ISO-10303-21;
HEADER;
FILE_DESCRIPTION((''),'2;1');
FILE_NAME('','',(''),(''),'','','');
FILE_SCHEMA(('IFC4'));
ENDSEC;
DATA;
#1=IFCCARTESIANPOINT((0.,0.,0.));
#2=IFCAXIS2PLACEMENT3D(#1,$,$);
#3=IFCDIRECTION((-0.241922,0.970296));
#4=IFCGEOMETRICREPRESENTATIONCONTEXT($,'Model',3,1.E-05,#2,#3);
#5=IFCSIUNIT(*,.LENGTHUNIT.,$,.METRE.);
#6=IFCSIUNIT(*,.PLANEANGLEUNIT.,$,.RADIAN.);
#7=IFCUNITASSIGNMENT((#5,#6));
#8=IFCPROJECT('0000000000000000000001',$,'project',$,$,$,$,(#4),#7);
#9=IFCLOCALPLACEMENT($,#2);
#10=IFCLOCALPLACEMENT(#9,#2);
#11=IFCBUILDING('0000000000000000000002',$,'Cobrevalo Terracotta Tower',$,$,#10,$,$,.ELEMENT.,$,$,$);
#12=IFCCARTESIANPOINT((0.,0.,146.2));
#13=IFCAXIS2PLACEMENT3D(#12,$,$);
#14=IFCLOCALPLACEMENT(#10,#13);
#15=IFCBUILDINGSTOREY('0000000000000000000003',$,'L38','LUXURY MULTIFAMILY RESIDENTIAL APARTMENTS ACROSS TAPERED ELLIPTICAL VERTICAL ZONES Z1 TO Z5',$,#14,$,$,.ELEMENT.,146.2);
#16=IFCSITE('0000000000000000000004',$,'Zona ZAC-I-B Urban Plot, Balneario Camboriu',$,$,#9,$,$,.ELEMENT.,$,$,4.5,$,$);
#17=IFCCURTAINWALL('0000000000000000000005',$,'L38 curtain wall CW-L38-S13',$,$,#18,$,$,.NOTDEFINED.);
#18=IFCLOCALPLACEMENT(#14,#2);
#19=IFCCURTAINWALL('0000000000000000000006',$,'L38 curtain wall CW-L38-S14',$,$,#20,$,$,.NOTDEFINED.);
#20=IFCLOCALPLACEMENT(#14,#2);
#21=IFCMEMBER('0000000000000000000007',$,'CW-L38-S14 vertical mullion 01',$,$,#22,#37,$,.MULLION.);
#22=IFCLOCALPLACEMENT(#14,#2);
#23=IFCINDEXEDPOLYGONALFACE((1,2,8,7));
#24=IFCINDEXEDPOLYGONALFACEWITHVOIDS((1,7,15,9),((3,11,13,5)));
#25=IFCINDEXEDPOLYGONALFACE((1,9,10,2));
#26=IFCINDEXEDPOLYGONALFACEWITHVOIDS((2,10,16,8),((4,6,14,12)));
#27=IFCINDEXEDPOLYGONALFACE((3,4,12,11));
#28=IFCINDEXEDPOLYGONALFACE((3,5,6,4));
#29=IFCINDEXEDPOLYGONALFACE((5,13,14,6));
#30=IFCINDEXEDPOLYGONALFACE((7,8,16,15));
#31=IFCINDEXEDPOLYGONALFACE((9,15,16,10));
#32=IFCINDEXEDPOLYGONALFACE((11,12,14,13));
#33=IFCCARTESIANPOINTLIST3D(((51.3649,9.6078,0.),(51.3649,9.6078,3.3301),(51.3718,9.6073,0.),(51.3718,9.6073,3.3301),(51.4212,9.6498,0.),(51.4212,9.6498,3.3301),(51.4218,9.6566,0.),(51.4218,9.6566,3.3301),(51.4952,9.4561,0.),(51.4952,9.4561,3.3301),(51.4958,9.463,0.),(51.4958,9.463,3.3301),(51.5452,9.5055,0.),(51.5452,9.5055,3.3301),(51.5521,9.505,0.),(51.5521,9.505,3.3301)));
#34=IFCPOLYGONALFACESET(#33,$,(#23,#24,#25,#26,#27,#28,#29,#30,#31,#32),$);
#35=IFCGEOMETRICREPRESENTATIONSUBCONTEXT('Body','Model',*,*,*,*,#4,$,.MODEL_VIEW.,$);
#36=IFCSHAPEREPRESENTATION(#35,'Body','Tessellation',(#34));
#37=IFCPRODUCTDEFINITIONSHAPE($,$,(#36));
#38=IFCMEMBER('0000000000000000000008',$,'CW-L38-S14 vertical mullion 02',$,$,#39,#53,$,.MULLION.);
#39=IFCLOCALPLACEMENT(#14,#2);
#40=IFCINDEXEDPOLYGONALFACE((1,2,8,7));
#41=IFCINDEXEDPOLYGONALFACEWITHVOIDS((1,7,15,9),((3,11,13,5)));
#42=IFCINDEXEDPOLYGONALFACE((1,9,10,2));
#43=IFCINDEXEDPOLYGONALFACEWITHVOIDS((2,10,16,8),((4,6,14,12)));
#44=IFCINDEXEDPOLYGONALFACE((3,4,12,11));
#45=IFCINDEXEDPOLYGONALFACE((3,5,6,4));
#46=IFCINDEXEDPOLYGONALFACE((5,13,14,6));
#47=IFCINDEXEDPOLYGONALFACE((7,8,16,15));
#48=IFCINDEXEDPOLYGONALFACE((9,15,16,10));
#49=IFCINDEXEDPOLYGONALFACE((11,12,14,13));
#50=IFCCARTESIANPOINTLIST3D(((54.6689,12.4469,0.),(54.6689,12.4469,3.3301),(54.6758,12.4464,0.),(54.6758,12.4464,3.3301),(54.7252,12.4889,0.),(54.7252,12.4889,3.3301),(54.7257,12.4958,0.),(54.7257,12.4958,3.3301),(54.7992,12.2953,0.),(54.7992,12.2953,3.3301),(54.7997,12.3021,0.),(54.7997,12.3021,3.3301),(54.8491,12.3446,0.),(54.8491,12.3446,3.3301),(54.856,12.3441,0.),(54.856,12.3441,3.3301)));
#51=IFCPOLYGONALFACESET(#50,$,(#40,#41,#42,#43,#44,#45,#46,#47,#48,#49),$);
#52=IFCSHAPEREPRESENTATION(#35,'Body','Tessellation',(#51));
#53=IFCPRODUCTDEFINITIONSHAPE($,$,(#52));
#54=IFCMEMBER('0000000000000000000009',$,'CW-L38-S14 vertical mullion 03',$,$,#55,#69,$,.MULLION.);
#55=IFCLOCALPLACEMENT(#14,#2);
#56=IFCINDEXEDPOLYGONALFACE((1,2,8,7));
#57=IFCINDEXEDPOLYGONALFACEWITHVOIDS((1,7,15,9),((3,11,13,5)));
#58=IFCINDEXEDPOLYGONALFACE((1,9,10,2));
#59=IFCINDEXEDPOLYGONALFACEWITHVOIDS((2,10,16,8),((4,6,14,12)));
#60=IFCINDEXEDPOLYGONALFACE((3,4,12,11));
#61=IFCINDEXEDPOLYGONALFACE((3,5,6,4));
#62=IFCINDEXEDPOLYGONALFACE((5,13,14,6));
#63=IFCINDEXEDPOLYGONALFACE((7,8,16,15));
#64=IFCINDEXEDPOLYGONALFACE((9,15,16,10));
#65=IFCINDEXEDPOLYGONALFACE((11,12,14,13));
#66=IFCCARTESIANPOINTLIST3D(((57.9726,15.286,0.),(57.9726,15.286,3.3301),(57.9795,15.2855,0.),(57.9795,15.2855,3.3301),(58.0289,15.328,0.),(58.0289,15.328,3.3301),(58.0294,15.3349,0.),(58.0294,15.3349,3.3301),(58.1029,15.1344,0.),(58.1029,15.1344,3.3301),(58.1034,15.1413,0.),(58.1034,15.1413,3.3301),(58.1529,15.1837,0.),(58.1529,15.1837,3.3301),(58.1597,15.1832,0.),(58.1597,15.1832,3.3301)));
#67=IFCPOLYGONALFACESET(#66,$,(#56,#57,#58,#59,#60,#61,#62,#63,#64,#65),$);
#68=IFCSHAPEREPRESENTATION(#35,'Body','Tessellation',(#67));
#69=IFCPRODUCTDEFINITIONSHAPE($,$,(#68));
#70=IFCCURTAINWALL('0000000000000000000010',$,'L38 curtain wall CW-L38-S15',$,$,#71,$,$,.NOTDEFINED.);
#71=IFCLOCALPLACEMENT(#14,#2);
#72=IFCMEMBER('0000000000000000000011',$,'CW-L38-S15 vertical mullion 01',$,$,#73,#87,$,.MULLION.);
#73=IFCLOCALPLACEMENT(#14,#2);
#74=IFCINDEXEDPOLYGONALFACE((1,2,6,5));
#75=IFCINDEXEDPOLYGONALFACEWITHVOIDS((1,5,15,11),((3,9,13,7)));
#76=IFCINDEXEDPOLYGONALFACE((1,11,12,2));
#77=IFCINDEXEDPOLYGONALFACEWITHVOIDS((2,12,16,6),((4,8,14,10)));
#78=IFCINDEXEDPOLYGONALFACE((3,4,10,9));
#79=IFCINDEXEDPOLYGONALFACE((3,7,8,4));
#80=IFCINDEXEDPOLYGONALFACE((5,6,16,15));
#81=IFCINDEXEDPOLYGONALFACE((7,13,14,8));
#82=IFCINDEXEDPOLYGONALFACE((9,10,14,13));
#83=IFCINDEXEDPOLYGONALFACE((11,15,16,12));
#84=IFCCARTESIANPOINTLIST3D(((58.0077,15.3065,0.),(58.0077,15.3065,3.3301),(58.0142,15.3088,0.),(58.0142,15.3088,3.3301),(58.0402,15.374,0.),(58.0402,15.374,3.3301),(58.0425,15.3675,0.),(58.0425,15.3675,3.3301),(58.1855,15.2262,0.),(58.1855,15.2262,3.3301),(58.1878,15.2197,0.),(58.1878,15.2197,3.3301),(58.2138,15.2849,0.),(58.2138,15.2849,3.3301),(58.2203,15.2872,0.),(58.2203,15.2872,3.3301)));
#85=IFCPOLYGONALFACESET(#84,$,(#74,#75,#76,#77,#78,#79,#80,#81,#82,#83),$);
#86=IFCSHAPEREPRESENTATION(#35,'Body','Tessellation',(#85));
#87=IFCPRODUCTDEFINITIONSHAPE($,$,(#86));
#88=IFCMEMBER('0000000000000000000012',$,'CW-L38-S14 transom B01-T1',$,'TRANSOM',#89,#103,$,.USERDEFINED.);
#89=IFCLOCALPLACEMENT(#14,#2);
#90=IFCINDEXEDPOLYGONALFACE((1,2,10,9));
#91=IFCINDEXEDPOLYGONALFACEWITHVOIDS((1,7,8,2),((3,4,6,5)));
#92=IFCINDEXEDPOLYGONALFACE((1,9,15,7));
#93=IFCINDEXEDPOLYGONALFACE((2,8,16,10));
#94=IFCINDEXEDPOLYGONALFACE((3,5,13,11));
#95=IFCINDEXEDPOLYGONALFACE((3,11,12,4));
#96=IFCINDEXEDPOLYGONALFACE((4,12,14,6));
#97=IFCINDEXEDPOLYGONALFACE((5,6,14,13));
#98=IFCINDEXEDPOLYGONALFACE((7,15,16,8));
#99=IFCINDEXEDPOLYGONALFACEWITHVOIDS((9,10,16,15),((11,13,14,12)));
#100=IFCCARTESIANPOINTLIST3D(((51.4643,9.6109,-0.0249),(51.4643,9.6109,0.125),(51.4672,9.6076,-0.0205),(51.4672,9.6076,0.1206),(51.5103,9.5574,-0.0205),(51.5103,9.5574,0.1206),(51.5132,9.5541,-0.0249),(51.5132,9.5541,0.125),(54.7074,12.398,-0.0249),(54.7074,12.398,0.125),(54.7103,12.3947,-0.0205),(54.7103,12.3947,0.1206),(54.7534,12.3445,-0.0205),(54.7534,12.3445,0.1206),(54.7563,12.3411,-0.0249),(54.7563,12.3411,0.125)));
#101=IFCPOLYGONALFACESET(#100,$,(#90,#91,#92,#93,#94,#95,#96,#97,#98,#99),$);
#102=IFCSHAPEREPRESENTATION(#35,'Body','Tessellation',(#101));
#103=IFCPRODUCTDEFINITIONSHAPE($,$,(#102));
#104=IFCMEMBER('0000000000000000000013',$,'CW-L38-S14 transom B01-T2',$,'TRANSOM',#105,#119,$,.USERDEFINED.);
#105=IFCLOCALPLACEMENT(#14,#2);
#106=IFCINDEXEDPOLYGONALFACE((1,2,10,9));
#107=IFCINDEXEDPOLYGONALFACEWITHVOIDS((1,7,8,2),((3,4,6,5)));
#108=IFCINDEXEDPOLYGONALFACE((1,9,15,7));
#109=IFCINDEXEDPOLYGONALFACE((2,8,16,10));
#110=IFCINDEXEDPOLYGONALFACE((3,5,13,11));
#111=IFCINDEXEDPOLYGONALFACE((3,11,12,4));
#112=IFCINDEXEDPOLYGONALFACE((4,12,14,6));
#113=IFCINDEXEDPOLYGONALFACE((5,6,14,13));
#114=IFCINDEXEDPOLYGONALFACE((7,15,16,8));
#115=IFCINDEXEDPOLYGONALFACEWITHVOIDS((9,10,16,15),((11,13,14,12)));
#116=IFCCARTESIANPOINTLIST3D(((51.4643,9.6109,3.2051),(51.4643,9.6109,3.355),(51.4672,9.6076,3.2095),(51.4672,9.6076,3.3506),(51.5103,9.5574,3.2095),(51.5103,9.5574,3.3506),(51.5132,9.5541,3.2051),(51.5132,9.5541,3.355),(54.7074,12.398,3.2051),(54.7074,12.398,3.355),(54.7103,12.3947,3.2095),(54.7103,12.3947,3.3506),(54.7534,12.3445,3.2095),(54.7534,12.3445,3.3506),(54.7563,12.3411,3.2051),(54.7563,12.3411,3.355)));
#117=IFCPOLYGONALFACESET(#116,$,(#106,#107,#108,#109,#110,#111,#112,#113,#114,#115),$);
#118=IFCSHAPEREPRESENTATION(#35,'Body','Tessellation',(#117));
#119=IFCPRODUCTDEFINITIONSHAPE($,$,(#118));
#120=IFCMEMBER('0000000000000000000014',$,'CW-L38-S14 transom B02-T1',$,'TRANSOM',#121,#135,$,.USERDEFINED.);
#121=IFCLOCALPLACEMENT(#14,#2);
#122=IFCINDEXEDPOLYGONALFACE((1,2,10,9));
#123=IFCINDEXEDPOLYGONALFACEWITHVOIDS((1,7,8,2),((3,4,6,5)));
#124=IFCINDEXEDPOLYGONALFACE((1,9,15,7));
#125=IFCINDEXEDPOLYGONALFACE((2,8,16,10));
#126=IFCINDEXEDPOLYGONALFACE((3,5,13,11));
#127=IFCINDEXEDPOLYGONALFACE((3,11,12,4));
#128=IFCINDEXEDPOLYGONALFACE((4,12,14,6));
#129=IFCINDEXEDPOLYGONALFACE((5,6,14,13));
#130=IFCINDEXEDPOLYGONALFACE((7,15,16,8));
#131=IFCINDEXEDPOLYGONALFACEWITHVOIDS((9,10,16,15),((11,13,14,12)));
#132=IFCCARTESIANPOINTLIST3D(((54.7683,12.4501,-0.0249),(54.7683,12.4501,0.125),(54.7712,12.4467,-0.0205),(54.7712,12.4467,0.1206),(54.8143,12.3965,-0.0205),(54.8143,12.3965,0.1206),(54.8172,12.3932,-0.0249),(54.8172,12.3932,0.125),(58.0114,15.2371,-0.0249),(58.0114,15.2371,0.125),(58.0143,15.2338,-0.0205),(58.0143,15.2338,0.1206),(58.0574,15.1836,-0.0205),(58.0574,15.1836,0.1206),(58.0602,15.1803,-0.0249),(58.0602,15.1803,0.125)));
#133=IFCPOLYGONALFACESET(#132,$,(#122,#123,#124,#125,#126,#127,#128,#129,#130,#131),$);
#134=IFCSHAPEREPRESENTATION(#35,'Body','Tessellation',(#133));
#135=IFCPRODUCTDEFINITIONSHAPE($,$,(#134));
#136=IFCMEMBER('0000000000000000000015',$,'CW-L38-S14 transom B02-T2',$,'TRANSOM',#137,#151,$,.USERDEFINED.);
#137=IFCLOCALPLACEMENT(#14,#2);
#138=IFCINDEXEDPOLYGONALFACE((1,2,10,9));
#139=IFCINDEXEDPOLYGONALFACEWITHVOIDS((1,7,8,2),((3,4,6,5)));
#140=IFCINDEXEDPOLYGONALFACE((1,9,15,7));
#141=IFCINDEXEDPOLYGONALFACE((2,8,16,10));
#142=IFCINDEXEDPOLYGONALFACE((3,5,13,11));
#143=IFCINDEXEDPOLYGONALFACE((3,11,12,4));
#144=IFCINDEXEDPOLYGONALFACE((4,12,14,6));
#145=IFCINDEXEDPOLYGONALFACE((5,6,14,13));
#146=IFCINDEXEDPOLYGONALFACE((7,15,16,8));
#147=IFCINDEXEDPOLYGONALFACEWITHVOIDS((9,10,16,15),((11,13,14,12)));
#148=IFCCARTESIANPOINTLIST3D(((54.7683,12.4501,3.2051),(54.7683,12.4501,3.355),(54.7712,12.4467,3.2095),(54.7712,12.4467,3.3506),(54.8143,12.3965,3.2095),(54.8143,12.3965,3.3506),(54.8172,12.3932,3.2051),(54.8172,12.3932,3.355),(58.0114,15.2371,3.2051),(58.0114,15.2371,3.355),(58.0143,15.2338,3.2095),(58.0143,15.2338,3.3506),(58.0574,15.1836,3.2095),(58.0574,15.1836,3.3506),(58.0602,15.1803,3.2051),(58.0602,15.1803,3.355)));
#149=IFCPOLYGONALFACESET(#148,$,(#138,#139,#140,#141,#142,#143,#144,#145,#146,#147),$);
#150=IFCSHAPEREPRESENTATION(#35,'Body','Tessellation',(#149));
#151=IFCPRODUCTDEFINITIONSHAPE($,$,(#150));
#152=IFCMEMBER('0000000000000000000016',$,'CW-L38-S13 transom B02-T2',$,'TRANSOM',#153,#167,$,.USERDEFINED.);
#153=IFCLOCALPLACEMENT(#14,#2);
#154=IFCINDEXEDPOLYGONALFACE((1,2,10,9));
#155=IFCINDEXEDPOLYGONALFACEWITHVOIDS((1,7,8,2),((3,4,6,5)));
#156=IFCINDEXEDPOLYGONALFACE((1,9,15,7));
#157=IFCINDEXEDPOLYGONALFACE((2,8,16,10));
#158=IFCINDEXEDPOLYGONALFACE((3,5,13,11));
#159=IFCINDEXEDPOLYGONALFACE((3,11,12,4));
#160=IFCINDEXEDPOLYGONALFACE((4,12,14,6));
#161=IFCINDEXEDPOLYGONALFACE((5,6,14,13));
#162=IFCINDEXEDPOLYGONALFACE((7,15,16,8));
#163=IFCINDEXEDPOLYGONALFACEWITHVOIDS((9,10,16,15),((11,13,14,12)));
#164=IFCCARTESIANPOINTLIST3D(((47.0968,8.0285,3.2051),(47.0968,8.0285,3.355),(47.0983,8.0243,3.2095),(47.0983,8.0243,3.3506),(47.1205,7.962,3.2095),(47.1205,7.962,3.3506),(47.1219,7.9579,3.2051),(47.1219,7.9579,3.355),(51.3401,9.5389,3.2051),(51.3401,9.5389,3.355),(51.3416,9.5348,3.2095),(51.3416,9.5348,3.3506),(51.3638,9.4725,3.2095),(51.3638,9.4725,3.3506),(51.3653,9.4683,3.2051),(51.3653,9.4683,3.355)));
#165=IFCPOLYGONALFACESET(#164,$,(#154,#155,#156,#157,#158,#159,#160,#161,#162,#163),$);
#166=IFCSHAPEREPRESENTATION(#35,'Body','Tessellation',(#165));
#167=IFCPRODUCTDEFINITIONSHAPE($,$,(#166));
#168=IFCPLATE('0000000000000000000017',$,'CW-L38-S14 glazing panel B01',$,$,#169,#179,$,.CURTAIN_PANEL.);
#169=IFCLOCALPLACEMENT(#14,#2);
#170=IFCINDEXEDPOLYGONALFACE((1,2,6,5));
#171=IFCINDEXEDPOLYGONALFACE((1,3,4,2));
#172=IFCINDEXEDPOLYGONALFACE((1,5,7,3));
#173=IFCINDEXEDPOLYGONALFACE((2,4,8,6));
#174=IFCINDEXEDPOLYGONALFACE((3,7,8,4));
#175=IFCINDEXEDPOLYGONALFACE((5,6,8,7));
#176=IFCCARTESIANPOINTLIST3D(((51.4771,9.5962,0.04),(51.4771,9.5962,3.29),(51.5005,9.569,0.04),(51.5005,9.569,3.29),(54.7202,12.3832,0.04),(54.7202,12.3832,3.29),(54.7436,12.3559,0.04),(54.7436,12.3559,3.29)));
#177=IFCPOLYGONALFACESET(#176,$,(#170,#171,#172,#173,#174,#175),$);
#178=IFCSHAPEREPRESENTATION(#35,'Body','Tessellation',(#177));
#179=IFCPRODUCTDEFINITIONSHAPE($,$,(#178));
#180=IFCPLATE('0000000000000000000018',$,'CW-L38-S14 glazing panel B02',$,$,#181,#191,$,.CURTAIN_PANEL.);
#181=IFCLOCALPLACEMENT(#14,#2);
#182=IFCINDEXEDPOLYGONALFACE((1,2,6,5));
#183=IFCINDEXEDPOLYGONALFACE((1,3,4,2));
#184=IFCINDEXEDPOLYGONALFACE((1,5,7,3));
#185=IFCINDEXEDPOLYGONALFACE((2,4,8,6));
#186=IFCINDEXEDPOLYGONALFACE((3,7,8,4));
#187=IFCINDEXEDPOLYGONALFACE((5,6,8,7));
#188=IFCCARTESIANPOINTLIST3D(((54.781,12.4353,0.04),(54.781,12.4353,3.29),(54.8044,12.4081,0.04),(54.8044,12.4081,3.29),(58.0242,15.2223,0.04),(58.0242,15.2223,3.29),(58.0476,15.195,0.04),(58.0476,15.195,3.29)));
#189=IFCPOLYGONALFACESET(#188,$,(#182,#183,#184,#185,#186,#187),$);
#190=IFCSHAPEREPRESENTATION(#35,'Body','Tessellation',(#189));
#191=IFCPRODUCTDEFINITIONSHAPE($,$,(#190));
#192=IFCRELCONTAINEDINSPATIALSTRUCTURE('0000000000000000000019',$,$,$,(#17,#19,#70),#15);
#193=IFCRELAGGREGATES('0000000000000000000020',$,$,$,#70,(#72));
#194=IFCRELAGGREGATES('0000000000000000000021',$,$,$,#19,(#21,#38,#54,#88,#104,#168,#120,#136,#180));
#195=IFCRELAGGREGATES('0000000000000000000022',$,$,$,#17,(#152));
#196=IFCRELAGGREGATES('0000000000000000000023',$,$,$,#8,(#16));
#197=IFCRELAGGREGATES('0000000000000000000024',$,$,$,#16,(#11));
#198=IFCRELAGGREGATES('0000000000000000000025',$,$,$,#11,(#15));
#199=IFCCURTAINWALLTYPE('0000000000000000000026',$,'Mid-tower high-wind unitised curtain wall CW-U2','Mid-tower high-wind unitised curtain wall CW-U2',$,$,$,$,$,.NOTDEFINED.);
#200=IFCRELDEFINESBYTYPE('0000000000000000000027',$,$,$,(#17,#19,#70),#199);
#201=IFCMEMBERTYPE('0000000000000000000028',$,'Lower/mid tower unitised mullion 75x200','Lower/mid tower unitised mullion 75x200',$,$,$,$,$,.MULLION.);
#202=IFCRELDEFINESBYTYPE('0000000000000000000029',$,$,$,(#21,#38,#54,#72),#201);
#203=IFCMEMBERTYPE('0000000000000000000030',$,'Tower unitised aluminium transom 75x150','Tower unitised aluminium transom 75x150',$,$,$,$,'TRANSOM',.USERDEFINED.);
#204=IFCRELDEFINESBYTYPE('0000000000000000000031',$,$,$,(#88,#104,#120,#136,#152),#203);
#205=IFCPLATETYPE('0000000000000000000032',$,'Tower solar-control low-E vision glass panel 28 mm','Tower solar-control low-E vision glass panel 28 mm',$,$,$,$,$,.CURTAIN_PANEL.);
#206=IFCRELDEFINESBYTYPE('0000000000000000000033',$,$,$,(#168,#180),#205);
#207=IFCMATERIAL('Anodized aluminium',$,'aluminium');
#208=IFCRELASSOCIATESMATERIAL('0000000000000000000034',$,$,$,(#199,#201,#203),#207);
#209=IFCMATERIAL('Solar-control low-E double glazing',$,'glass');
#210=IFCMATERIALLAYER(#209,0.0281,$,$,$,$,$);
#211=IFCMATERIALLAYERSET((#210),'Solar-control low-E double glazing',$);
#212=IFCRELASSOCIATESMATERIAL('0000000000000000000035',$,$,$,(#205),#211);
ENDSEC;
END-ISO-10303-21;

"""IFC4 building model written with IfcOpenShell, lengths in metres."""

from ifc_helpers import new_model, si_unit, direction, frame, origin, origin_2d, place, context, subcontext, project, spatial, rectangle, hollow_rectangle, extrude, source, transform, mapped, material, layer, layer_set, material_profile, profile_set, type_object, element, aggregate, save


model = new_model("IFC4")

# Units and contexts
model_context = context("Model", 3, precision=1e-05, world=origin(), true_north=direction((-0.241922, 0.970296)))
body_context = subcontext(model_context, "Body", "Model", "MODEL_VIEW")
ifc_project = project(units=[si_unit("LENGTHUNIT", "METRE"), si_unit("PLANEANGLEUNIT", "RADIAN")], contexts=[model_context])

# Site, building, storey
site_placement = place(None, origin())
site = spatial("IfcSite", under=ifc_project, at=site_placement, Name="Zona ZAC-I-B Urban Plot, Balneario Camboriu", CompositionType="ELEMENT", RefElevation=4.5)
building_placement = place(site_placement, origin())
building = spatial("IfcBuilding", under=site, at=building_placement, Name="Cobrevalo Terracotta Tower", CompositionType="ELEMENT")
storey_placement = place(building_placement, frame((0.0, 0.0, 146.2)))
storey = spatial("IfcBuildingStorey", under=building, at=storey_placement, Name="L38", Description="LUXURY MULTIFAMILY RESIDENTIAL APARTMENTS ACROSS TAPERED ELLIPTICAL VERTICAL ZONES Z1 TO Z5", CompositionType="ELEMENT", Elevation=146.2)

# Curtain wall
ifc_material_1 = material(Name="Anodized aluminium", Category="aluminium")
curtain_wall_type = type_object("IfcCurtainWallType", Name="Mid-tower high-wind unitised curtain wall CW-U2", Description="Mid-tower high-wind unitised curtain wall CW-U2", PredefinedType="NOTDEFINED", material=ifc_material_1)
curtain_wall_1_placement = place(storey_placement, origin())
curtain_wall_1 = element("IfcCurtainWall", 1, at=curtain_wall_1_placement, inside=storey, type_object=curtain_wall_type, Name="L38 curtain wall CW-L38-S13", PredefinedType="NOTDEFINED")
ifc_material_profile_1 = material_profile(ifc_material_1, hollow_rectangle(XDim=0.075, YDim=0.2, WallThickness=0.0049, at=origin_2d()), Name="CWM 75x200")
ifc_profile_set_1 = profile_set([ifc_material_profile_1], Name="Anodized aluminium")
member_type_1 = type_object("IfcMemberType", Name="Lower/mid tower unitised mullion 75x200", Description="Lower/mid tower unitised mullion 75x200", PredefinedType="MULLION", material=ifc_profile_set_1)
shared_shape_1 = source(origin(), body_context, "Body", "SweptSolid", [
    extrude(hollow_rectangle(XDim=0.075, YDim=0.2, WallThickness=0.0049, at=origin_2d()), origin(), (0.0, 0.0, 1.0), 3.3301),
])

# Curtain wall, members
curtain_wall_2_placement = place(storey_placement, origin())
curtain_wall_2 = element("IfcCurtainWall", 2, at=curtain_wall_2_placement, inside=storey, type_object=curtain_wall_type, Name="L38 curtain wall CW-L38-S14", PredefinedType="NOTDEFINED")
member_1_placement = place(storey_placement, frame((51.4585, 9.5564, 0.0), z_axis=(0.0, 0.0, 1.0), x_axis=(0.758442, 0.651741, 0.0)))
member_1 = element("IfcMember", 3, at=member_1_placement, type_object=member_type_1, Name="CW-L38-S14 vertical mullion 01", PredefinedType="MULLION", context=body_context, shape_type="MappedRepresentation", body=[
    mapped(shared_shape_1, transform((0.0, 0.0, 0.0), scale=1.0)),
])
member_2_placement = place(storey_placement, frame((54.7625, 12.3955, 0.0), z_axis=(0.0, 0.0, 1.0), x_axis=(0.758442, 0.651741, 0.0)))
member_2 = element("IfcMember", 4, at=member_2_placement, type_object=member_type_1, Name="CW-L38-S14 vertical mullion 02", PredefinedType="MULLION", context=body_context, shape_type="MappedRepresentation", body=[
    mapped(shared_shape_1, transform((0.0, 0.0, 0.0), scale=1.0)),
])
member_3_placement = place(storey_placement, frame((58.0662, 15.2346, 0.0), z_axis=(0.0, 0.0, 1.0), x_axis=(0.758442, 0.651741, 0.0)))
member_3 = element("IfcMember", 5, at=member_3_placement, type_object=member_type_1, Name="CW-L38-S14 vertical mullion 03", PredefinedType="MULLION", context=body_context, shape_type="MappedRepresentation", body=[
    mapped(shared_shape_1, transform((0.0, 0.0, 0.0), scale=1.0)),
])

# Curtain wall, member
curtain_wall_3_placement = place(storey_placement, origin())
curtain_wall_3 = element("IfcCurtainWall", 6, at=curtain_wall_3_placement, inside=storey, type_object=curtain_wall_type, Name="L38 curtain wall CW-L38-S15", PredefinedType="NOTDEFINED")
member_4_placement = place(storey_placement, frame((58.114, 15.2969, 0.0), z_axis=(0.0, 0.0, 1.0), x_axis=(0.434209, 0.900812, 0.0)))
member_4 = element("IfcMember", 7, at=member_4_placement, type_object=member_type_1, Name="CW-L38-S15 vertical mullion 01", PredefinedType="MULLION", context=body_context, shape_type="MappedRepresentation", body=[
    mapped(shared_shape_1, transform((0.0, 0.0, 0.0), scale=1.0)),
])
aggregate(curtain_wall_3, [member_4])

# Members
ifc_material_profile_2 = material_profile(ifc_material_1, hollow_rectangle(XDim=0.075, YDim=0.1499, WallThickness=0.0044, at=origin_2d()), Name="CWT 75x150")
ifc_profile_set_2 = profile_set([ifc_material_profile_2], Name="Anodized aluminium")
member_type_2 = type_object("IfcMemberType", Name="Tower unitised aluminium transom 75x150", Description="Tower unitised aluminium transom 75x150", ElementType="TRANSOM", PredefinedType="USERDEFINED", material=ifc_profile_set_2)
shared_shape_2 = source(origin(), body_context, "Body", "SweptSolid", [
    extrude(hollow_rectangle(XDim=0.075, YDim=0.1499, WallThickness=0.0044, at=origin_2d()), origin(), (0.0, 0.0, 1.0), 4.2761),
])
member_5_placement = place(storey_placement, frame((51.4888, 9.5825, 0.05), z_axis=(0.758418, 0.651769, 0.0), x_axis=(-0.651769, 0.758418, 0.0)))
member_5 = element("IfcMember", 8, at=member_5_placement, type_object=member_type_2, Name="CW-L38-S14 transom B01-T1", ObjectType="TRANSOM", PredefinedType="USERDEFINED", context=body_context, shape_type="MappedRepresentation", body=[
    mapped(shared_shape_2, transform((0.0, 0.0, 0.0), scale=1.0)),
])
member_6_placement = place(storey_placement, frame((51.4888, 9.5825, 3.28), z_axis=(0.758418, 0.651769, 0.0), x_axis=(-0.651769, 0.758418, 0.0)))
member_6 = element("IfcMember", 9, at=member_6_placement, type_object=member_type_2, Name="CW-L38-S14 transom B01-T2", ObjectType="TRANSOM", PredefinedType="USERDEFINED", context=body_context, shape_type="MappedRepresentation", body=[
    mapped(shared_shape_2, transform((0.0, 0.0, 0.0), scale=1.0)),
])
member_7_placement = place(storey_placement, frame((54.7927, 12.4216, 0.05), z_axis=(0.758418, 0.651769, 0.0), x_axis=(-0.651769, 0.758418, 0.0)))
member_7 = element("IfcMember", 10, at=member_7_placement, type_object=member_type_2, Name="CW-L38-S14 transom B02-T1", ObjectType="TRANSOM", PredefinedType="USERDEFINED", context=body_context, shape_type="MappedRepresentation", body=[
    mapped(shared_shape_2, transform((0.0, 0.0, 0.0), scale=1.0)),
])
member_8_placement = place(storey_placement, frame((54.7927, 12.4216, 3.28), z_axis=(0.758418, 0.651769, 0.0), x_axis=(-0.651769, 0.758418, 0.0)))
member_8 = element("IfcMember", 11, at=member_8_placement, type_object=member_type_2, Name="CW-L38-S14 transom B02-T2", ObjectType="TRANSOM", PredefinedType="USERDEFINED", context=body_context, shape_type="MappedRepresentation", body=[
    mapped(shared_shape_2, transform((0.0, 0.0, 0.0), scale=1.0)),
])
shared_shape_3 = source(origin(), body_context, "Body", "SweptSolid", [
    extrude(hollow_rectangle(XDim=0.075, YDim=0.1499, WallThickness=0.0044, at=origin_2d()), origin(), (0.0, 0.0, 1.0), 4.5042),
])
member_9_placement = place(storey_placement, frame((47.1094, 7.9932, 3.28), z_axis=(0.942093, 0.335351, 0.0), x_axis=(-0.335351, 0.942093, 0.0)))
member_9 = element("IfcMember", 12, at=member_9_placement, type_object=member_type_2, Name="CW-L38-S13 transom B02-T2", ObjectType="TRANSOM", PredefinedType="USERDEFINED", context=body_context, shape_type="MappedRepresentation", body=[
    mapped(shared_shape_3, transform((0.0, 0.0, 0.0), scale=1.0)),
])

# Plates
ifc_material_2 = material(Name="Solar-control low-E double glazing", Category="glass")
ifc_layer_1 = layer(ifc_material_2, 0.0281)
ifc_layer_set_1 = layer_set([ifc_layer_1], Name="Solar-control low-E double glazing")
plate_type = type_object("IfcPlateType", Name="Tower solar-control low-E vision glass panel 28 mm", Description="Tower solar-control low-E vision glass panel 28 mm", PredefinedType="CURTAIN_PANEL", material=ifc_layer_set_1)
shared_shape_4 = source(origin(), body_context, "Body", "SweptSolid", [
    extrude(rectangle(XDim=4.2761, YDim=0.0359, at=origin_2d()), origin(), (0.0, 0.0, 1.0), 3.25),
])
plate_1_placement = place(storey_placement, frame((53.1104, 10.9761, 0.04), z_axis=(0.0, 0.0, 1.0), x_axis=(0.758437, 0.651746, 0.0)))
plate_1 = element("IfcPlate", 13, at=plate_1_placement, type_object=plate_type, Name="CW-L38-S14 glazing panel B01", PredefinedType="CURTAIN_PANEL", context=body_context, shape_type="MappedRepresentation", body=[
    mapped(shared_shape_4, transform((0.0, 0.0, 0.0), scale=1.0)),
])
plate_2_placement = place(storey_placement, frame((56.4143, 13.8152, 0.04), z_axis=(0.0, 0.0, 1.0), x_axis=(0.758437, 0.651746, 0.0)))
plate_2 = element("IfcPlate", 14, at=plate_2_placement, type_object=plate_type, Name="CW-L38-S14 glazing panel B02", PredefinedType="CURTAIN_PANEL", context=body_context, shape_type="MappedRepresentation", body=[
    mapped(shared_shape_4, transform((0.0, 0.0, 0.0), scale=1.0)),
])
aggregate(curtain_wall_2, [member_1, member_2, member_3, member_5, member_6, plate_1, member_7, member_8, plate_2])
aggregate(curtain_wall_1, [member_9])

save(model, "model.ifc")
